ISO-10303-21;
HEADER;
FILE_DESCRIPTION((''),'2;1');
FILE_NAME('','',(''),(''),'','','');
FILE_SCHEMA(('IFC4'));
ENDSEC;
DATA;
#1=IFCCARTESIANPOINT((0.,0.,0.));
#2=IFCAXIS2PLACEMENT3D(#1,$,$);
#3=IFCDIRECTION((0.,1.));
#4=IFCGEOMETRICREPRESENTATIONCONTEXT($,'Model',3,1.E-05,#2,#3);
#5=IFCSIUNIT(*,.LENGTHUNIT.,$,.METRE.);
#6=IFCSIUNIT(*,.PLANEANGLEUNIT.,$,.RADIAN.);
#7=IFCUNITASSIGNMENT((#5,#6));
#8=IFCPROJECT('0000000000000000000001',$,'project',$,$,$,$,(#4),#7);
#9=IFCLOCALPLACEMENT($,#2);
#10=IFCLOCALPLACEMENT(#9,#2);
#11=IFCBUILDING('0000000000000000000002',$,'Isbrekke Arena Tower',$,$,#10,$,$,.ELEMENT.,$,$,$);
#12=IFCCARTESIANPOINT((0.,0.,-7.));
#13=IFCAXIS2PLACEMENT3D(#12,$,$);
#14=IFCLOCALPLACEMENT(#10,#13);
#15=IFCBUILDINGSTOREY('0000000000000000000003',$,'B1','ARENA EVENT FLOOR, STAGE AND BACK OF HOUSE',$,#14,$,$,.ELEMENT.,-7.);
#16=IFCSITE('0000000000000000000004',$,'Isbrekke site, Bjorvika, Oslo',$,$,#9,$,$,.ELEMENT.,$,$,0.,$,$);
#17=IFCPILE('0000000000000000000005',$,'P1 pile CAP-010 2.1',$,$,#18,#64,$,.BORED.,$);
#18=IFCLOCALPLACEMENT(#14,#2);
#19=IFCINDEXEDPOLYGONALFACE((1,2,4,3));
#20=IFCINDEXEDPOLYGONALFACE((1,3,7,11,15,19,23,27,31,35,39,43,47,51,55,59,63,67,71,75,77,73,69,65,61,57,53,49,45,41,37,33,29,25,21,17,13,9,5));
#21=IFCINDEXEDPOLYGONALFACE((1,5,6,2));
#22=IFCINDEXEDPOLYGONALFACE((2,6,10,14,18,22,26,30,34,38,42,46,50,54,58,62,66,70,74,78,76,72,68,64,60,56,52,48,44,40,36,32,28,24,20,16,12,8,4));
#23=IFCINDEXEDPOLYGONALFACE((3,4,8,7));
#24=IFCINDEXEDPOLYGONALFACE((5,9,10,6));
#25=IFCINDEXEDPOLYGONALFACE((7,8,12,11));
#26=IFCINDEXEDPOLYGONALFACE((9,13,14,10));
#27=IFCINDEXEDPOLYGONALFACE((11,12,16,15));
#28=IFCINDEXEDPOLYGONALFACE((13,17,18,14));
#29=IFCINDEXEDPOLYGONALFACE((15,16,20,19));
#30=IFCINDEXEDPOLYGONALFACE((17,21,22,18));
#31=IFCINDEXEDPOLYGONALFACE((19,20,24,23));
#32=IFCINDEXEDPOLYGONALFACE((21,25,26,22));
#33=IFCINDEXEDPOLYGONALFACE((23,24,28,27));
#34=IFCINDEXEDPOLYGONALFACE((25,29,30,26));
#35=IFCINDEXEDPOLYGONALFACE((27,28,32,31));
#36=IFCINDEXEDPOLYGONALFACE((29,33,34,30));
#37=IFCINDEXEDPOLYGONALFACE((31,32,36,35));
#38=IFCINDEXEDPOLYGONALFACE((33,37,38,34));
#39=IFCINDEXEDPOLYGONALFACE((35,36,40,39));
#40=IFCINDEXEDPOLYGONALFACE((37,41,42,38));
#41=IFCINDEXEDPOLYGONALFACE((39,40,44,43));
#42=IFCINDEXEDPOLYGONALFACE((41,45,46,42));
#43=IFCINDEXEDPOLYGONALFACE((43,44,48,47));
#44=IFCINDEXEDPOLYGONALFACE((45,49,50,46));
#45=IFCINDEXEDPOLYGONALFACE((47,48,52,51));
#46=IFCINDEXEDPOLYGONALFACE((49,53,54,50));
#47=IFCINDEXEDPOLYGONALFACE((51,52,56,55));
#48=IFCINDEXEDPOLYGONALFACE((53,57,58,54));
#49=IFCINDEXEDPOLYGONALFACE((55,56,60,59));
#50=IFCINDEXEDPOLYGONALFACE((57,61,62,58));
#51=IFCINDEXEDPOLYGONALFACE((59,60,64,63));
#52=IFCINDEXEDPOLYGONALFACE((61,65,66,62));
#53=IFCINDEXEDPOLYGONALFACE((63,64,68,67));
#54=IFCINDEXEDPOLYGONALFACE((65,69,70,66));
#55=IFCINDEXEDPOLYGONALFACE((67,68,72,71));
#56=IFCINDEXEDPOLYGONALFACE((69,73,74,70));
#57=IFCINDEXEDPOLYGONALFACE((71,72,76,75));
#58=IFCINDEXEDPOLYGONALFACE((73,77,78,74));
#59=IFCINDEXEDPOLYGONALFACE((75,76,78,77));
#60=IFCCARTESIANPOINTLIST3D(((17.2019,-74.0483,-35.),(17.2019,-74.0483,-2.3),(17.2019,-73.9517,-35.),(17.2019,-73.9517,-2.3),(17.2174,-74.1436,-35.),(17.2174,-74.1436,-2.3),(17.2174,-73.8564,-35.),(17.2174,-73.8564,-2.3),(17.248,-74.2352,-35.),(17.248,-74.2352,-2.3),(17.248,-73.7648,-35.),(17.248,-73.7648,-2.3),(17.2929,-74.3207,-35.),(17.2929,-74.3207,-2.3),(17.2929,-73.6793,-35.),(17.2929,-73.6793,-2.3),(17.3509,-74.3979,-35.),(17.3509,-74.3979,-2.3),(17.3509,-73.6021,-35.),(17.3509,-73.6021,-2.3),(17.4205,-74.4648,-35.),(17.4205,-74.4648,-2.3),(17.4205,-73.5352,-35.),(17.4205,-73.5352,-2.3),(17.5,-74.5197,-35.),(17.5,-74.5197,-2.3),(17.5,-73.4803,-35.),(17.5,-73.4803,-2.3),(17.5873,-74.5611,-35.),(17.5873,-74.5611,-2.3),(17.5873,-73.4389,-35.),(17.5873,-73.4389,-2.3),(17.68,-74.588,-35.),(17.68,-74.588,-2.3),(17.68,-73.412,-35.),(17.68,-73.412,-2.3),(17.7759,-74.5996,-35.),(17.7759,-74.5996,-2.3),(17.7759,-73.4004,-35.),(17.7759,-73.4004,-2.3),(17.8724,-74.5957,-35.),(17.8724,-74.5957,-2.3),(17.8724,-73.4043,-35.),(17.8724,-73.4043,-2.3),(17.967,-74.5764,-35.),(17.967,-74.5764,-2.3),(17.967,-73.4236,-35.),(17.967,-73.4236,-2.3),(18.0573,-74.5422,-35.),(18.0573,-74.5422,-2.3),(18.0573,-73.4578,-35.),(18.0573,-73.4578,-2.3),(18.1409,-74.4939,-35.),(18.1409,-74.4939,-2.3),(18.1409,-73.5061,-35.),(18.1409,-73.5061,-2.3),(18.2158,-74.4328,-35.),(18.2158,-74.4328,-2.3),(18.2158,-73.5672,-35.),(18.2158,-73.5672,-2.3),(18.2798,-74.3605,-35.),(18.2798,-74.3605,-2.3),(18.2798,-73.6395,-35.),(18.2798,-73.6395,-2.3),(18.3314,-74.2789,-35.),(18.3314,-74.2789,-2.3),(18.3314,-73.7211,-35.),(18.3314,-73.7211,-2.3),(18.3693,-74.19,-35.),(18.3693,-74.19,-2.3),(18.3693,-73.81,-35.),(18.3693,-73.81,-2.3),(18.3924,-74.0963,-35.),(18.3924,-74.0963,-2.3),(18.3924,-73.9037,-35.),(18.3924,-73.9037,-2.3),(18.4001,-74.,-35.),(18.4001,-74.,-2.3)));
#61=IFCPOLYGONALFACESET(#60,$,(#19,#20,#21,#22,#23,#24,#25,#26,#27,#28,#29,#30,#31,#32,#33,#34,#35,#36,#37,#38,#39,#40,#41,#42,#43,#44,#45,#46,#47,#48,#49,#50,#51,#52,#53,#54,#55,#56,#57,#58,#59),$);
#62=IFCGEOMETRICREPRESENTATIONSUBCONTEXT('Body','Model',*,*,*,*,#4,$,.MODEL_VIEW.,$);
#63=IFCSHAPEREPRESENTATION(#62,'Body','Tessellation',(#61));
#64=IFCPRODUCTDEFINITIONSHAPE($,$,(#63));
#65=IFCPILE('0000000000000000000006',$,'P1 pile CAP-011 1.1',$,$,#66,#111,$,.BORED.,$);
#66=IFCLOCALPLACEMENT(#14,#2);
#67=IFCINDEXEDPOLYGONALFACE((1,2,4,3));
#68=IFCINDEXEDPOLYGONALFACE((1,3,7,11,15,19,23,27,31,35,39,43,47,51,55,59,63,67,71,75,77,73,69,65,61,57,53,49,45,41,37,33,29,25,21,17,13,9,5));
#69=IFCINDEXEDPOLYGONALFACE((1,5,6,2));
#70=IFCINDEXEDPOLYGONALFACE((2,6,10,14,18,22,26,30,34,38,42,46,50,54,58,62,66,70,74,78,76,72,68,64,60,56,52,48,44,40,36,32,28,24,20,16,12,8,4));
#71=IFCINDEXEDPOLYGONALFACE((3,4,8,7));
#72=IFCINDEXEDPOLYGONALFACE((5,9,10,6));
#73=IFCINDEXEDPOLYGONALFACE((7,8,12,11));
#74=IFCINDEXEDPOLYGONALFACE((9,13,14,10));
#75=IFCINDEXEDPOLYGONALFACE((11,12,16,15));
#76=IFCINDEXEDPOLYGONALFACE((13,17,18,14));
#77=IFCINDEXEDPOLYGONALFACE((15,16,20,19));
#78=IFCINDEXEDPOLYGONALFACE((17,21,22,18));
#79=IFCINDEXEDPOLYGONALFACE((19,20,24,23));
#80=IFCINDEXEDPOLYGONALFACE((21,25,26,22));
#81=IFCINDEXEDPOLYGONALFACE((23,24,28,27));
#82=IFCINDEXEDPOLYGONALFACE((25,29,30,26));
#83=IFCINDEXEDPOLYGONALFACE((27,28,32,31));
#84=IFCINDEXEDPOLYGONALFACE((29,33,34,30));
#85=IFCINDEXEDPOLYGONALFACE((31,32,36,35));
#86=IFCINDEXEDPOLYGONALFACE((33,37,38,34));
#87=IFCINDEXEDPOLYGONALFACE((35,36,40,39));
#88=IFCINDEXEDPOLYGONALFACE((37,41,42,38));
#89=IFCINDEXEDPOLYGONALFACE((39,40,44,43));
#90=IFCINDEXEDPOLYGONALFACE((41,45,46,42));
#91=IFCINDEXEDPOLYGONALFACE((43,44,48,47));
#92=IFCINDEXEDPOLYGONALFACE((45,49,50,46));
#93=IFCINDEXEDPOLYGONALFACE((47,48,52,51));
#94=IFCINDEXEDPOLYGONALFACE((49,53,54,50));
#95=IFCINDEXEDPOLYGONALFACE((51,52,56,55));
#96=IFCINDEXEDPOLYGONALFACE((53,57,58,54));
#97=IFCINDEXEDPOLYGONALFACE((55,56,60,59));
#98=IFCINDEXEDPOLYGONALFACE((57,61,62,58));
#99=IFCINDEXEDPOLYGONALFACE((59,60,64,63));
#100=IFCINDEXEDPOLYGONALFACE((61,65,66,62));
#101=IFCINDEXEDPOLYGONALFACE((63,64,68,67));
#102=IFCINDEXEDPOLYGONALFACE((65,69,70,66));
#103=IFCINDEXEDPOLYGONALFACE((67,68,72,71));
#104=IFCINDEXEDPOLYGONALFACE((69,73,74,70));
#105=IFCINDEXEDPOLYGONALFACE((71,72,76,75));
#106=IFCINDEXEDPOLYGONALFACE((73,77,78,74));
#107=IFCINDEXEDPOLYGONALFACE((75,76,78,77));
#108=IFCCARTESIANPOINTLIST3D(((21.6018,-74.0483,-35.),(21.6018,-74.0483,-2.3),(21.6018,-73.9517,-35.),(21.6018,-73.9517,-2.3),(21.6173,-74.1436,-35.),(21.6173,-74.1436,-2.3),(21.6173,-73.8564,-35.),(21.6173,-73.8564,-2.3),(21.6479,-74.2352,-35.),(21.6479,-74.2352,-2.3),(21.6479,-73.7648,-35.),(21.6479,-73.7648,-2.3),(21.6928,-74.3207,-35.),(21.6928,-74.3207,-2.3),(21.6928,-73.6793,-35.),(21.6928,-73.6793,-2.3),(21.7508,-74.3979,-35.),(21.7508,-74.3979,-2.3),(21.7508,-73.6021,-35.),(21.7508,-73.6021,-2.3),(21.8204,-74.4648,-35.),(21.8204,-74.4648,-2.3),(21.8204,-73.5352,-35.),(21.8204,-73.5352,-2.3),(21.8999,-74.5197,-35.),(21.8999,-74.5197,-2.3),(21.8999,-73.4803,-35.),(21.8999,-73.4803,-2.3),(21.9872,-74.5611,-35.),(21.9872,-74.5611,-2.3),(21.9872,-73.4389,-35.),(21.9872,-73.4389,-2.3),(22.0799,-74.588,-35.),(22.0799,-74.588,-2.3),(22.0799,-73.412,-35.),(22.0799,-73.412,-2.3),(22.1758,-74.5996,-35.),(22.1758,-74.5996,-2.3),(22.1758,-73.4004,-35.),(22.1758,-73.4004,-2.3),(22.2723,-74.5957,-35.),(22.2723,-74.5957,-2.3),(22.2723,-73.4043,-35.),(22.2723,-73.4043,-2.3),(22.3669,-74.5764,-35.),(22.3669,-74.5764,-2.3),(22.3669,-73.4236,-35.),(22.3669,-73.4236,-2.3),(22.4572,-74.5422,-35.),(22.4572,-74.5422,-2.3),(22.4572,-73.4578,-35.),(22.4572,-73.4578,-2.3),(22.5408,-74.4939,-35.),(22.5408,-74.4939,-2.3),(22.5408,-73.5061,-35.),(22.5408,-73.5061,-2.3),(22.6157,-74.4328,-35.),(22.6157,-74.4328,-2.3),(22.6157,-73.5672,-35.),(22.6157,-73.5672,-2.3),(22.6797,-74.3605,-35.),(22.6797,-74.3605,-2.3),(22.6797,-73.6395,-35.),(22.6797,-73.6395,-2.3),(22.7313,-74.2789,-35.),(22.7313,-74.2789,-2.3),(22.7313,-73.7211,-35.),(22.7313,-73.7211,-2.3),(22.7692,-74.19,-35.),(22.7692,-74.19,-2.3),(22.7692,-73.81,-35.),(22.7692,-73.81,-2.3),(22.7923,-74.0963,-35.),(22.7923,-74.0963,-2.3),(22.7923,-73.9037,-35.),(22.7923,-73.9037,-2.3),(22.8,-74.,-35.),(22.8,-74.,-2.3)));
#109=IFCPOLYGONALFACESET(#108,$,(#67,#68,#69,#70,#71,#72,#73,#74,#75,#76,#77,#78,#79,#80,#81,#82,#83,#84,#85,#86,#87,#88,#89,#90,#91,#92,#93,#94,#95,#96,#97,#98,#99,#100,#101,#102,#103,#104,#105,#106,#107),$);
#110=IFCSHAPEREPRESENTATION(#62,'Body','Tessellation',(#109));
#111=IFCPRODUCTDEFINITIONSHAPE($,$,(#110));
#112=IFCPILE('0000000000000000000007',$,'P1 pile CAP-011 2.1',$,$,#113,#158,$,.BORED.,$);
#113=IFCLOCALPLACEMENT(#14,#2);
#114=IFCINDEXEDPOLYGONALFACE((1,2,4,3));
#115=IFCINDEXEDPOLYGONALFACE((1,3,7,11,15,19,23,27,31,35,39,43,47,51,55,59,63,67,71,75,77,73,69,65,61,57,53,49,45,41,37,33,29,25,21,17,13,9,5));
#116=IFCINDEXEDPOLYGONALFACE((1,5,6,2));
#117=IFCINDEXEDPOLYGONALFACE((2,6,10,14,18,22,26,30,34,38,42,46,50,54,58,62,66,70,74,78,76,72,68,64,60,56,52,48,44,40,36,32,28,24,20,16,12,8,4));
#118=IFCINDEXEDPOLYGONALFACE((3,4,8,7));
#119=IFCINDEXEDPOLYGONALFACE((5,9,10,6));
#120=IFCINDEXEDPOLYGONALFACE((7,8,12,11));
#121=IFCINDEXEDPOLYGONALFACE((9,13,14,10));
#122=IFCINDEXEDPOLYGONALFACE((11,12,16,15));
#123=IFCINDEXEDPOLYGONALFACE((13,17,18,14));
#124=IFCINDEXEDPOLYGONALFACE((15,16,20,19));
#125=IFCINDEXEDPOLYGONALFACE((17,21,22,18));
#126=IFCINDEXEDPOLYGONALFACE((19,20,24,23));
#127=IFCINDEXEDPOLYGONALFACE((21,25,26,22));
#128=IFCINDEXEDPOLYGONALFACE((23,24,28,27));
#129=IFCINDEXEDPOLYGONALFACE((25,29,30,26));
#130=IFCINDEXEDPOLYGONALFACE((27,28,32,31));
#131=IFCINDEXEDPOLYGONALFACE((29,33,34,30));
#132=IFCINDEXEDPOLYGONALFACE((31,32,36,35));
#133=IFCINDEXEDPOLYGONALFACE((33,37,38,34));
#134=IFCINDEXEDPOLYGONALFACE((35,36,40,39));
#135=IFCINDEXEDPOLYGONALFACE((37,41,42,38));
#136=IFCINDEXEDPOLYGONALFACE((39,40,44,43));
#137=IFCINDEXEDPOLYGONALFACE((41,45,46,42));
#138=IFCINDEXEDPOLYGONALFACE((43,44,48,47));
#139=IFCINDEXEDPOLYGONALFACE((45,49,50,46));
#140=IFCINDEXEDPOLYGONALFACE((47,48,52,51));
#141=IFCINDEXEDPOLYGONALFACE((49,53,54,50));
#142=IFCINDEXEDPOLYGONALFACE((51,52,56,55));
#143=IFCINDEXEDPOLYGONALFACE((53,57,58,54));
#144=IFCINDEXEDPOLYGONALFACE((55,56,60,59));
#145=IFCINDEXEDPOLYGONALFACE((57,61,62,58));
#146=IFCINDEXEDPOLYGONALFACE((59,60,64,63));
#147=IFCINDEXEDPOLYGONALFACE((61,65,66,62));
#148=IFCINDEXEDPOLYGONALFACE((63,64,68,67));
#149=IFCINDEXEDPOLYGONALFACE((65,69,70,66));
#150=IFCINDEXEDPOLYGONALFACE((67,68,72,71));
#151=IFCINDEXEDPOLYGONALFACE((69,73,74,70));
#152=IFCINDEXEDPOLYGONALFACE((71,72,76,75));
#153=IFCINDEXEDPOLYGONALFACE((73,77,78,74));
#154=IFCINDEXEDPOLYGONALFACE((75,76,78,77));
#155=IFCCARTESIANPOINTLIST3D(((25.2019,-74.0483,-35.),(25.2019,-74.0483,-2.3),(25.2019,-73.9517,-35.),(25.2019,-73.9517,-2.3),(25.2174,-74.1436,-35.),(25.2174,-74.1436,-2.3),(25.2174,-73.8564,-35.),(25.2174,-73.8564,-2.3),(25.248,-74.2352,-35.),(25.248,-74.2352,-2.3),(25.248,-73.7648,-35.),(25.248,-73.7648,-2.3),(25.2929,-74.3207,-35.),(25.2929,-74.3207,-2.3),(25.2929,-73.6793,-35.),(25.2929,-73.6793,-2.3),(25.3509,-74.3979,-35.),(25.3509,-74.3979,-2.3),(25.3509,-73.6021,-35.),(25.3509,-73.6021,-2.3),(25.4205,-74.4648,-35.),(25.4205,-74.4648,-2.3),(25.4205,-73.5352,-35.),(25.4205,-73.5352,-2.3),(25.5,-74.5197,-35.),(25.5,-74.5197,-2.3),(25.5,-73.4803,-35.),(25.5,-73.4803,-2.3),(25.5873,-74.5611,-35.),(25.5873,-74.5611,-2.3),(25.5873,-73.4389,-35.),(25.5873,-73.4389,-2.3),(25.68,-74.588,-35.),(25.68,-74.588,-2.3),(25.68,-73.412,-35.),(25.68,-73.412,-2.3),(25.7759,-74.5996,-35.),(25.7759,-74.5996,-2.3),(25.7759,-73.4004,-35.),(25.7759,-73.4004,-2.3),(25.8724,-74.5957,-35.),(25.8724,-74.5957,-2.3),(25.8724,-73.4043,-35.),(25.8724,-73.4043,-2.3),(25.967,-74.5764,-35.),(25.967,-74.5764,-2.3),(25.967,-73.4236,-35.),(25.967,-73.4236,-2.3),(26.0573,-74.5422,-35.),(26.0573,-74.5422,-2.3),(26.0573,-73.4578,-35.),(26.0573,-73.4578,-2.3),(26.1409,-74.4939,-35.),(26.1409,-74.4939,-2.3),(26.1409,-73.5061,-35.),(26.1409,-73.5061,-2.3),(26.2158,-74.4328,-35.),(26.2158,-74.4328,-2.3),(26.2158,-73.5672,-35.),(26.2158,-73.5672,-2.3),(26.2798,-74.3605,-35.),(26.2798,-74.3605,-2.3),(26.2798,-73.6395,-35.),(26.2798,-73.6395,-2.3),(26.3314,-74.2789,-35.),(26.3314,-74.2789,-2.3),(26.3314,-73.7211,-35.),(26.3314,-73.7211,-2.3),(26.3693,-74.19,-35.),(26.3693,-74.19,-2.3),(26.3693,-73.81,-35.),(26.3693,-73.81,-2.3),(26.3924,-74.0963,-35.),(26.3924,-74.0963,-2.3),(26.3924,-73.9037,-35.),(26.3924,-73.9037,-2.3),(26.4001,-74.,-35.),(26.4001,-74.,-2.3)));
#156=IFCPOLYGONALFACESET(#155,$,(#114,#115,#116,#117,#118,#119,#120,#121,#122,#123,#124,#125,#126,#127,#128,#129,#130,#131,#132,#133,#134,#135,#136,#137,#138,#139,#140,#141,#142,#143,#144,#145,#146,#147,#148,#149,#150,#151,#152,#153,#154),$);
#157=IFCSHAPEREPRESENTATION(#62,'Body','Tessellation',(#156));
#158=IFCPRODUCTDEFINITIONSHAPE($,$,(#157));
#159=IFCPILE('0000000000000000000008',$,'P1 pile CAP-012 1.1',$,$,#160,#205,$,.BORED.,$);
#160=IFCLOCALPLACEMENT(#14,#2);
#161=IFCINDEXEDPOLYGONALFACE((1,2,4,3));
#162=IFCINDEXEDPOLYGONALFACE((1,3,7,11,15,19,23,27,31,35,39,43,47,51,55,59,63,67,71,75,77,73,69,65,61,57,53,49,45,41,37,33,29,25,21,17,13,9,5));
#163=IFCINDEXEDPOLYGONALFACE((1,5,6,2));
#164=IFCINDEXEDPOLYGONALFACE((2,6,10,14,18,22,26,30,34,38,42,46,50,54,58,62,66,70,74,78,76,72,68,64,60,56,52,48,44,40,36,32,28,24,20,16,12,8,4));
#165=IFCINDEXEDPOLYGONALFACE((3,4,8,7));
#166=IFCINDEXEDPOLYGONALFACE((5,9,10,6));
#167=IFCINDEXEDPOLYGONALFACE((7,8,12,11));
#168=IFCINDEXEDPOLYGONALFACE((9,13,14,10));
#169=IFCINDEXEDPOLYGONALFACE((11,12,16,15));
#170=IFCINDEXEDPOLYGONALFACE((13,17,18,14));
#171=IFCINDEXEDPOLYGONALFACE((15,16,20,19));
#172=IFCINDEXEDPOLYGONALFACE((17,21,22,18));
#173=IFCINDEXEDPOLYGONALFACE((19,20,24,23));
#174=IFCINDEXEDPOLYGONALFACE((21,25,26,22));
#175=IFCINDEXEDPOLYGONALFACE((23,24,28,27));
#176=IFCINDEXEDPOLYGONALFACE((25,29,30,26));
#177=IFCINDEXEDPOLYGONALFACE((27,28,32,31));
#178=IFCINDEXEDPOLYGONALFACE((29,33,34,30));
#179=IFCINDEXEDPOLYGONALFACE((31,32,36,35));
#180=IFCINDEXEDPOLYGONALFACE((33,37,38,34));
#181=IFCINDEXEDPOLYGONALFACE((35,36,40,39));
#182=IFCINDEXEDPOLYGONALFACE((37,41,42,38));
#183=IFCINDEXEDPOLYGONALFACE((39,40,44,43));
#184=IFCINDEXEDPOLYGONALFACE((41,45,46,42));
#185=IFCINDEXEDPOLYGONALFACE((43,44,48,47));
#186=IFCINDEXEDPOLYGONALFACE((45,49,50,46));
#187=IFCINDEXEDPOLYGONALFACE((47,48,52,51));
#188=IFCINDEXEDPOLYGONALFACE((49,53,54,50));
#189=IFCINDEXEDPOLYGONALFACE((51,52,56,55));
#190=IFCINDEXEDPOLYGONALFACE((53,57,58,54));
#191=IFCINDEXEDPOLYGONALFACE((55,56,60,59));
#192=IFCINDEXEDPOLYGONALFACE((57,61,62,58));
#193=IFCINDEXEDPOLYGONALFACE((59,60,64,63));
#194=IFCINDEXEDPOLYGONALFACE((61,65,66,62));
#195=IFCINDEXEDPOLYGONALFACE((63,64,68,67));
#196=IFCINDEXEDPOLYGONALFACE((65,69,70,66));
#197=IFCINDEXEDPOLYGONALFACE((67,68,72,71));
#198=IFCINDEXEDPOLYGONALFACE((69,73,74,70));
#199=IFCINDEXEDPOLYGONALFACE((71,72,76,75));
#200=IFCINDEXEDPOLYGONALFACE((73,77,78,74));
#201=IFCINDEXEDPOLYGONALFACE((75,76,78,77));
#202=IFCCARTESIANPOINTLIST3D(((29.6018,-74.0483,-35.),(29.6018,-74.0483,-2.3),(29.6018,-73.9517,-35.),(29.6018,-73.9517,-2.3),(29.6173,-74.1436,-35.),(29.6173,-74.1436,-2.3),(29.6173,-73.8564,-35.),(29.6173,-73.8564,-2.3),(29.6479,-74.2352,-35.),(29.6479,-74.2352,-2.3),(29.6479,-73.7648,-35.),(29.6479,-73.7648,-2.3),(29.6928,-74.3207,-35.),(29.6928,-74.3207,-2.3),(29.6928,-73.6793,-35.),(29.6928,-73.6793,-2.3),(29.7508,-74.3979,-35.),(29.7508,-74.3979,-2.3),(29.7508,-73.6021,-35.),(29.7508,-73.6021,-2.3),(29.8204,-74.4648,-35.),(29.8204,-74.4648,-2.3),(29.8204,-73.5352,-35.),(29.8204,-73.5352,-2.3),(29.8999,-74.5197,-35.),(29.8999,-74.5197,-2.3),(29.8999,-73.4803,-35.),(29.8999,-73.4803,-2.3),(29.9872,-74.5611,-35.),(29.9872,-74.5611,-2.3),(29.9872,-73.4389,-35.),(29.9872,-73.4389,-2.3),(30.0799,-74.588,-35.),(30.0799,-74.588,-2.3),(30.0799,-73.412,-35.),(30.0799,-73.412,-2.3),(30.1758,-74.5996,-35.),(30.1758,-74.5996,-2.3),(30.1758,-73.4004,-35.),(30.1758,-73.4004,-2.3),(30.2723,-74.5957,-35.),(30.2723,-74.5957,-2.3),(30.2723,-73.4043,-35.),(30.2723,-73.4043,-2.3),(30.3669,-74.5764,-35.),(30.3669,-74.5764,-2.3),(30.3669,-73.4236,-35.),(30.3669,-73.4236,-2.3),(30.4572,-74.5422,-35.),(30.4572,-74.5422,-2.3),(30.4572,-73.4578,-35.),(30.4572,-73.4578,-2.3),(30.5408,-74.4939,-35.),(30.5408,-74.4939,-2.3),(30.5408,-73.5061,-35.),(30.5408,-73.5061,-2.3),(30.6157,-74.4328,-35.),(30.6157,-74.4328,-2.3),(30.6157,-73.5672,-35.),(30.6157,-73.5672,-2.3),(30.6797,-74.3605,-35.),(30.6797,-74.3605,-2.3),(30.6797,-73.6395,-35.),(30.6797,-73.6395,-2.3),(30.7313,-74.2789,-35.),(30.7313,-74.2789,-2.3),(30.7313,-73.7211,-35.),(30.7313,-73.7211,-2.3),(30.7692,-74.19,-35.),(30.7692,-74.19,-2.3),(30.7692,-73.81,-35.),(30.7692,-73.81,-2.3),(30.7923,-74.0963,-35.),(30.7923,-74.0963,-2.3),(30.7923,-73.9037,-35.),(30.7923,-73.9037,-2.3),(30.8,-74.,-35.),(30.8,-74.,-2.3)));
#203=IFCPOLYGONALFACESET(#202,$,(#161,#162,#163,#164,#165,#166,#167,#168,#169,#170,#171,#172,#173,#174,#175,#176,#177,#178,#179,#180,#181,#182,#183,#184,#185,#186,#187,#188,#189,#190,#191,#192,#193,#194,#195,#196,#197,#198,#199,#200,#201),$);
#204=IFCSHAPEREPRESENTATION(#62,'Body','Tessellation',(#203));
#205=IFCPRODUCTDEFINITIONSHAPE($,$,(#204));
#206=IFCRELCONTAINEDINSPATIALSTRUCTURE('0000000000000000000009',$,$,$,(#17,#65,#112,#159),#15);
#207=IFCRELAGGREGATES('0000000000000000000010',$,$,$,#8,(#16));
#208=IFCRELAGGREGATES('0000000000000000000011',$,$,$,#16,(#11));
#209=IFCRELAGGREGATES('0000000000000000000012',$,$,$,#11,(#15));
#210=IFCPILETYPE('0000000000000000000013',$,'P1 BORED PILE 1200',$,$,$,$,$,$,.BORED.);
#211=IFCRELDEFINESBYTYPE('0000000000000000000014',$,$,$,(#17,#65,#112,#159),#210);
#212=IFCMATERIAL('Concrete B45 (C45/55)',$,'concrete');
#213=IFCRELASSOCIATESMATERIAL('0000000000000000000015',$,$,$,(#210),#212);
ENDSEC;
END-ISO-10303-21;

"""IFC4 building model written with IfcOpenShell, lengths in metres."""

from ifc_helpers import new_model, si_unit, direction, frame, origin, origin_2d, place, context, subcontext, project, spatial, circle, extrude, material, material_profile, profile_set, type_object, element, save


model = new_model("IFC4")

# Units and contexts
model_context = context("Model", 3, precision=1e-05, world=origin(), true_north=direction((0.0, 1.0)))
body_context = subcontext(model_context, "Body", "Model", "MODEL_VIEW")
ifc_project = project(units=[si_unit("LENGTHUNIT", "METRE"), si_unit("PLANEANGLEUNIT", "RADIAN")], contexts=[model_context])

# Site, building, storey
site_placement = place(None, origin())
site = spatial("IfcSite", under=ifc_project, at=site_placement, Name="Isbrekke site, Bjorvika, Oslo", CompositionType="ELEMENT", RefElevation=0.0)
building_placement = place(site_placement, origin())
building = spatial("IfcBuilding", under=site, at=building_placement, Name="Isbrekke Arena Tower", CompositionType="ELEMENT")
storey_placement = place(building_placement, frame((0.0, 0.0, -7.0)))
storey = spatial("IfcBuildingStorey", under=building, at=storey_placement, Name="B1", Description="ARENA EVENT FLOOR, STAGE AND BACK OF HOUSE", CompositionType="ELEMENT", Elevation=-7.0)

# Piles
ifc_material_1 = material(Name="Concrete B45 (C45/55)", Category="concrete")
ifc_material_profile_1 = material_profile(ifc_material_1, circle(Radius=0.6001, at=origin_2d()), Name="BORED PILE D1200")
ifc_profile_set_1 = profile_set([ifc_material_profile_1], Name="Concrete B45 (C45/55)")
pile_type = type_object("IfcPileType", Name="P1 BORED PILE 1200", PredefinedType="BORED", material=ifc_profile_set_1)
for number, where, z_axis, x_axis, name in (
    (1, (17.8, -74.0, -2.3), (0.0, 0.0, -1.0), (1.0, 0.0, 0.0), "P1 pile CAP-010 2.1"),
    (2, (22.2, -74.0, -2.3), (0.0, 0.0, -1.0), (1.0, 0.0, 0.0), "P1 pile CAP-011 1.1"),
    (3, (25.8, -74.0, -2.3), (0.0, 0.0, -1.0), (1.0, 0.0, 0.0), "P1 pile CAP-011 2.1"),
    (4, (30.2, -74.0, -2.3), (0.0, 0.0, -1.0), (1.0, 0.0, 0.0), "P1 pile CAP-012 1.1"),
):
    element("IfcPile", number, at=place(storey_placement, frame(where, z_axis=z_axis, x_axis=x_axis)), inside=storey, type_object=pile_type, Name=name, PredefinedType="BORED", context=body_context, shape_type="SweptSolid", body=[
        extrude(circle(Radius=0.6001, at=origin_2d()), origin(), (0.0, 0.0, 1.0), 32.7),
    ])

save(model, "model.ifc")
